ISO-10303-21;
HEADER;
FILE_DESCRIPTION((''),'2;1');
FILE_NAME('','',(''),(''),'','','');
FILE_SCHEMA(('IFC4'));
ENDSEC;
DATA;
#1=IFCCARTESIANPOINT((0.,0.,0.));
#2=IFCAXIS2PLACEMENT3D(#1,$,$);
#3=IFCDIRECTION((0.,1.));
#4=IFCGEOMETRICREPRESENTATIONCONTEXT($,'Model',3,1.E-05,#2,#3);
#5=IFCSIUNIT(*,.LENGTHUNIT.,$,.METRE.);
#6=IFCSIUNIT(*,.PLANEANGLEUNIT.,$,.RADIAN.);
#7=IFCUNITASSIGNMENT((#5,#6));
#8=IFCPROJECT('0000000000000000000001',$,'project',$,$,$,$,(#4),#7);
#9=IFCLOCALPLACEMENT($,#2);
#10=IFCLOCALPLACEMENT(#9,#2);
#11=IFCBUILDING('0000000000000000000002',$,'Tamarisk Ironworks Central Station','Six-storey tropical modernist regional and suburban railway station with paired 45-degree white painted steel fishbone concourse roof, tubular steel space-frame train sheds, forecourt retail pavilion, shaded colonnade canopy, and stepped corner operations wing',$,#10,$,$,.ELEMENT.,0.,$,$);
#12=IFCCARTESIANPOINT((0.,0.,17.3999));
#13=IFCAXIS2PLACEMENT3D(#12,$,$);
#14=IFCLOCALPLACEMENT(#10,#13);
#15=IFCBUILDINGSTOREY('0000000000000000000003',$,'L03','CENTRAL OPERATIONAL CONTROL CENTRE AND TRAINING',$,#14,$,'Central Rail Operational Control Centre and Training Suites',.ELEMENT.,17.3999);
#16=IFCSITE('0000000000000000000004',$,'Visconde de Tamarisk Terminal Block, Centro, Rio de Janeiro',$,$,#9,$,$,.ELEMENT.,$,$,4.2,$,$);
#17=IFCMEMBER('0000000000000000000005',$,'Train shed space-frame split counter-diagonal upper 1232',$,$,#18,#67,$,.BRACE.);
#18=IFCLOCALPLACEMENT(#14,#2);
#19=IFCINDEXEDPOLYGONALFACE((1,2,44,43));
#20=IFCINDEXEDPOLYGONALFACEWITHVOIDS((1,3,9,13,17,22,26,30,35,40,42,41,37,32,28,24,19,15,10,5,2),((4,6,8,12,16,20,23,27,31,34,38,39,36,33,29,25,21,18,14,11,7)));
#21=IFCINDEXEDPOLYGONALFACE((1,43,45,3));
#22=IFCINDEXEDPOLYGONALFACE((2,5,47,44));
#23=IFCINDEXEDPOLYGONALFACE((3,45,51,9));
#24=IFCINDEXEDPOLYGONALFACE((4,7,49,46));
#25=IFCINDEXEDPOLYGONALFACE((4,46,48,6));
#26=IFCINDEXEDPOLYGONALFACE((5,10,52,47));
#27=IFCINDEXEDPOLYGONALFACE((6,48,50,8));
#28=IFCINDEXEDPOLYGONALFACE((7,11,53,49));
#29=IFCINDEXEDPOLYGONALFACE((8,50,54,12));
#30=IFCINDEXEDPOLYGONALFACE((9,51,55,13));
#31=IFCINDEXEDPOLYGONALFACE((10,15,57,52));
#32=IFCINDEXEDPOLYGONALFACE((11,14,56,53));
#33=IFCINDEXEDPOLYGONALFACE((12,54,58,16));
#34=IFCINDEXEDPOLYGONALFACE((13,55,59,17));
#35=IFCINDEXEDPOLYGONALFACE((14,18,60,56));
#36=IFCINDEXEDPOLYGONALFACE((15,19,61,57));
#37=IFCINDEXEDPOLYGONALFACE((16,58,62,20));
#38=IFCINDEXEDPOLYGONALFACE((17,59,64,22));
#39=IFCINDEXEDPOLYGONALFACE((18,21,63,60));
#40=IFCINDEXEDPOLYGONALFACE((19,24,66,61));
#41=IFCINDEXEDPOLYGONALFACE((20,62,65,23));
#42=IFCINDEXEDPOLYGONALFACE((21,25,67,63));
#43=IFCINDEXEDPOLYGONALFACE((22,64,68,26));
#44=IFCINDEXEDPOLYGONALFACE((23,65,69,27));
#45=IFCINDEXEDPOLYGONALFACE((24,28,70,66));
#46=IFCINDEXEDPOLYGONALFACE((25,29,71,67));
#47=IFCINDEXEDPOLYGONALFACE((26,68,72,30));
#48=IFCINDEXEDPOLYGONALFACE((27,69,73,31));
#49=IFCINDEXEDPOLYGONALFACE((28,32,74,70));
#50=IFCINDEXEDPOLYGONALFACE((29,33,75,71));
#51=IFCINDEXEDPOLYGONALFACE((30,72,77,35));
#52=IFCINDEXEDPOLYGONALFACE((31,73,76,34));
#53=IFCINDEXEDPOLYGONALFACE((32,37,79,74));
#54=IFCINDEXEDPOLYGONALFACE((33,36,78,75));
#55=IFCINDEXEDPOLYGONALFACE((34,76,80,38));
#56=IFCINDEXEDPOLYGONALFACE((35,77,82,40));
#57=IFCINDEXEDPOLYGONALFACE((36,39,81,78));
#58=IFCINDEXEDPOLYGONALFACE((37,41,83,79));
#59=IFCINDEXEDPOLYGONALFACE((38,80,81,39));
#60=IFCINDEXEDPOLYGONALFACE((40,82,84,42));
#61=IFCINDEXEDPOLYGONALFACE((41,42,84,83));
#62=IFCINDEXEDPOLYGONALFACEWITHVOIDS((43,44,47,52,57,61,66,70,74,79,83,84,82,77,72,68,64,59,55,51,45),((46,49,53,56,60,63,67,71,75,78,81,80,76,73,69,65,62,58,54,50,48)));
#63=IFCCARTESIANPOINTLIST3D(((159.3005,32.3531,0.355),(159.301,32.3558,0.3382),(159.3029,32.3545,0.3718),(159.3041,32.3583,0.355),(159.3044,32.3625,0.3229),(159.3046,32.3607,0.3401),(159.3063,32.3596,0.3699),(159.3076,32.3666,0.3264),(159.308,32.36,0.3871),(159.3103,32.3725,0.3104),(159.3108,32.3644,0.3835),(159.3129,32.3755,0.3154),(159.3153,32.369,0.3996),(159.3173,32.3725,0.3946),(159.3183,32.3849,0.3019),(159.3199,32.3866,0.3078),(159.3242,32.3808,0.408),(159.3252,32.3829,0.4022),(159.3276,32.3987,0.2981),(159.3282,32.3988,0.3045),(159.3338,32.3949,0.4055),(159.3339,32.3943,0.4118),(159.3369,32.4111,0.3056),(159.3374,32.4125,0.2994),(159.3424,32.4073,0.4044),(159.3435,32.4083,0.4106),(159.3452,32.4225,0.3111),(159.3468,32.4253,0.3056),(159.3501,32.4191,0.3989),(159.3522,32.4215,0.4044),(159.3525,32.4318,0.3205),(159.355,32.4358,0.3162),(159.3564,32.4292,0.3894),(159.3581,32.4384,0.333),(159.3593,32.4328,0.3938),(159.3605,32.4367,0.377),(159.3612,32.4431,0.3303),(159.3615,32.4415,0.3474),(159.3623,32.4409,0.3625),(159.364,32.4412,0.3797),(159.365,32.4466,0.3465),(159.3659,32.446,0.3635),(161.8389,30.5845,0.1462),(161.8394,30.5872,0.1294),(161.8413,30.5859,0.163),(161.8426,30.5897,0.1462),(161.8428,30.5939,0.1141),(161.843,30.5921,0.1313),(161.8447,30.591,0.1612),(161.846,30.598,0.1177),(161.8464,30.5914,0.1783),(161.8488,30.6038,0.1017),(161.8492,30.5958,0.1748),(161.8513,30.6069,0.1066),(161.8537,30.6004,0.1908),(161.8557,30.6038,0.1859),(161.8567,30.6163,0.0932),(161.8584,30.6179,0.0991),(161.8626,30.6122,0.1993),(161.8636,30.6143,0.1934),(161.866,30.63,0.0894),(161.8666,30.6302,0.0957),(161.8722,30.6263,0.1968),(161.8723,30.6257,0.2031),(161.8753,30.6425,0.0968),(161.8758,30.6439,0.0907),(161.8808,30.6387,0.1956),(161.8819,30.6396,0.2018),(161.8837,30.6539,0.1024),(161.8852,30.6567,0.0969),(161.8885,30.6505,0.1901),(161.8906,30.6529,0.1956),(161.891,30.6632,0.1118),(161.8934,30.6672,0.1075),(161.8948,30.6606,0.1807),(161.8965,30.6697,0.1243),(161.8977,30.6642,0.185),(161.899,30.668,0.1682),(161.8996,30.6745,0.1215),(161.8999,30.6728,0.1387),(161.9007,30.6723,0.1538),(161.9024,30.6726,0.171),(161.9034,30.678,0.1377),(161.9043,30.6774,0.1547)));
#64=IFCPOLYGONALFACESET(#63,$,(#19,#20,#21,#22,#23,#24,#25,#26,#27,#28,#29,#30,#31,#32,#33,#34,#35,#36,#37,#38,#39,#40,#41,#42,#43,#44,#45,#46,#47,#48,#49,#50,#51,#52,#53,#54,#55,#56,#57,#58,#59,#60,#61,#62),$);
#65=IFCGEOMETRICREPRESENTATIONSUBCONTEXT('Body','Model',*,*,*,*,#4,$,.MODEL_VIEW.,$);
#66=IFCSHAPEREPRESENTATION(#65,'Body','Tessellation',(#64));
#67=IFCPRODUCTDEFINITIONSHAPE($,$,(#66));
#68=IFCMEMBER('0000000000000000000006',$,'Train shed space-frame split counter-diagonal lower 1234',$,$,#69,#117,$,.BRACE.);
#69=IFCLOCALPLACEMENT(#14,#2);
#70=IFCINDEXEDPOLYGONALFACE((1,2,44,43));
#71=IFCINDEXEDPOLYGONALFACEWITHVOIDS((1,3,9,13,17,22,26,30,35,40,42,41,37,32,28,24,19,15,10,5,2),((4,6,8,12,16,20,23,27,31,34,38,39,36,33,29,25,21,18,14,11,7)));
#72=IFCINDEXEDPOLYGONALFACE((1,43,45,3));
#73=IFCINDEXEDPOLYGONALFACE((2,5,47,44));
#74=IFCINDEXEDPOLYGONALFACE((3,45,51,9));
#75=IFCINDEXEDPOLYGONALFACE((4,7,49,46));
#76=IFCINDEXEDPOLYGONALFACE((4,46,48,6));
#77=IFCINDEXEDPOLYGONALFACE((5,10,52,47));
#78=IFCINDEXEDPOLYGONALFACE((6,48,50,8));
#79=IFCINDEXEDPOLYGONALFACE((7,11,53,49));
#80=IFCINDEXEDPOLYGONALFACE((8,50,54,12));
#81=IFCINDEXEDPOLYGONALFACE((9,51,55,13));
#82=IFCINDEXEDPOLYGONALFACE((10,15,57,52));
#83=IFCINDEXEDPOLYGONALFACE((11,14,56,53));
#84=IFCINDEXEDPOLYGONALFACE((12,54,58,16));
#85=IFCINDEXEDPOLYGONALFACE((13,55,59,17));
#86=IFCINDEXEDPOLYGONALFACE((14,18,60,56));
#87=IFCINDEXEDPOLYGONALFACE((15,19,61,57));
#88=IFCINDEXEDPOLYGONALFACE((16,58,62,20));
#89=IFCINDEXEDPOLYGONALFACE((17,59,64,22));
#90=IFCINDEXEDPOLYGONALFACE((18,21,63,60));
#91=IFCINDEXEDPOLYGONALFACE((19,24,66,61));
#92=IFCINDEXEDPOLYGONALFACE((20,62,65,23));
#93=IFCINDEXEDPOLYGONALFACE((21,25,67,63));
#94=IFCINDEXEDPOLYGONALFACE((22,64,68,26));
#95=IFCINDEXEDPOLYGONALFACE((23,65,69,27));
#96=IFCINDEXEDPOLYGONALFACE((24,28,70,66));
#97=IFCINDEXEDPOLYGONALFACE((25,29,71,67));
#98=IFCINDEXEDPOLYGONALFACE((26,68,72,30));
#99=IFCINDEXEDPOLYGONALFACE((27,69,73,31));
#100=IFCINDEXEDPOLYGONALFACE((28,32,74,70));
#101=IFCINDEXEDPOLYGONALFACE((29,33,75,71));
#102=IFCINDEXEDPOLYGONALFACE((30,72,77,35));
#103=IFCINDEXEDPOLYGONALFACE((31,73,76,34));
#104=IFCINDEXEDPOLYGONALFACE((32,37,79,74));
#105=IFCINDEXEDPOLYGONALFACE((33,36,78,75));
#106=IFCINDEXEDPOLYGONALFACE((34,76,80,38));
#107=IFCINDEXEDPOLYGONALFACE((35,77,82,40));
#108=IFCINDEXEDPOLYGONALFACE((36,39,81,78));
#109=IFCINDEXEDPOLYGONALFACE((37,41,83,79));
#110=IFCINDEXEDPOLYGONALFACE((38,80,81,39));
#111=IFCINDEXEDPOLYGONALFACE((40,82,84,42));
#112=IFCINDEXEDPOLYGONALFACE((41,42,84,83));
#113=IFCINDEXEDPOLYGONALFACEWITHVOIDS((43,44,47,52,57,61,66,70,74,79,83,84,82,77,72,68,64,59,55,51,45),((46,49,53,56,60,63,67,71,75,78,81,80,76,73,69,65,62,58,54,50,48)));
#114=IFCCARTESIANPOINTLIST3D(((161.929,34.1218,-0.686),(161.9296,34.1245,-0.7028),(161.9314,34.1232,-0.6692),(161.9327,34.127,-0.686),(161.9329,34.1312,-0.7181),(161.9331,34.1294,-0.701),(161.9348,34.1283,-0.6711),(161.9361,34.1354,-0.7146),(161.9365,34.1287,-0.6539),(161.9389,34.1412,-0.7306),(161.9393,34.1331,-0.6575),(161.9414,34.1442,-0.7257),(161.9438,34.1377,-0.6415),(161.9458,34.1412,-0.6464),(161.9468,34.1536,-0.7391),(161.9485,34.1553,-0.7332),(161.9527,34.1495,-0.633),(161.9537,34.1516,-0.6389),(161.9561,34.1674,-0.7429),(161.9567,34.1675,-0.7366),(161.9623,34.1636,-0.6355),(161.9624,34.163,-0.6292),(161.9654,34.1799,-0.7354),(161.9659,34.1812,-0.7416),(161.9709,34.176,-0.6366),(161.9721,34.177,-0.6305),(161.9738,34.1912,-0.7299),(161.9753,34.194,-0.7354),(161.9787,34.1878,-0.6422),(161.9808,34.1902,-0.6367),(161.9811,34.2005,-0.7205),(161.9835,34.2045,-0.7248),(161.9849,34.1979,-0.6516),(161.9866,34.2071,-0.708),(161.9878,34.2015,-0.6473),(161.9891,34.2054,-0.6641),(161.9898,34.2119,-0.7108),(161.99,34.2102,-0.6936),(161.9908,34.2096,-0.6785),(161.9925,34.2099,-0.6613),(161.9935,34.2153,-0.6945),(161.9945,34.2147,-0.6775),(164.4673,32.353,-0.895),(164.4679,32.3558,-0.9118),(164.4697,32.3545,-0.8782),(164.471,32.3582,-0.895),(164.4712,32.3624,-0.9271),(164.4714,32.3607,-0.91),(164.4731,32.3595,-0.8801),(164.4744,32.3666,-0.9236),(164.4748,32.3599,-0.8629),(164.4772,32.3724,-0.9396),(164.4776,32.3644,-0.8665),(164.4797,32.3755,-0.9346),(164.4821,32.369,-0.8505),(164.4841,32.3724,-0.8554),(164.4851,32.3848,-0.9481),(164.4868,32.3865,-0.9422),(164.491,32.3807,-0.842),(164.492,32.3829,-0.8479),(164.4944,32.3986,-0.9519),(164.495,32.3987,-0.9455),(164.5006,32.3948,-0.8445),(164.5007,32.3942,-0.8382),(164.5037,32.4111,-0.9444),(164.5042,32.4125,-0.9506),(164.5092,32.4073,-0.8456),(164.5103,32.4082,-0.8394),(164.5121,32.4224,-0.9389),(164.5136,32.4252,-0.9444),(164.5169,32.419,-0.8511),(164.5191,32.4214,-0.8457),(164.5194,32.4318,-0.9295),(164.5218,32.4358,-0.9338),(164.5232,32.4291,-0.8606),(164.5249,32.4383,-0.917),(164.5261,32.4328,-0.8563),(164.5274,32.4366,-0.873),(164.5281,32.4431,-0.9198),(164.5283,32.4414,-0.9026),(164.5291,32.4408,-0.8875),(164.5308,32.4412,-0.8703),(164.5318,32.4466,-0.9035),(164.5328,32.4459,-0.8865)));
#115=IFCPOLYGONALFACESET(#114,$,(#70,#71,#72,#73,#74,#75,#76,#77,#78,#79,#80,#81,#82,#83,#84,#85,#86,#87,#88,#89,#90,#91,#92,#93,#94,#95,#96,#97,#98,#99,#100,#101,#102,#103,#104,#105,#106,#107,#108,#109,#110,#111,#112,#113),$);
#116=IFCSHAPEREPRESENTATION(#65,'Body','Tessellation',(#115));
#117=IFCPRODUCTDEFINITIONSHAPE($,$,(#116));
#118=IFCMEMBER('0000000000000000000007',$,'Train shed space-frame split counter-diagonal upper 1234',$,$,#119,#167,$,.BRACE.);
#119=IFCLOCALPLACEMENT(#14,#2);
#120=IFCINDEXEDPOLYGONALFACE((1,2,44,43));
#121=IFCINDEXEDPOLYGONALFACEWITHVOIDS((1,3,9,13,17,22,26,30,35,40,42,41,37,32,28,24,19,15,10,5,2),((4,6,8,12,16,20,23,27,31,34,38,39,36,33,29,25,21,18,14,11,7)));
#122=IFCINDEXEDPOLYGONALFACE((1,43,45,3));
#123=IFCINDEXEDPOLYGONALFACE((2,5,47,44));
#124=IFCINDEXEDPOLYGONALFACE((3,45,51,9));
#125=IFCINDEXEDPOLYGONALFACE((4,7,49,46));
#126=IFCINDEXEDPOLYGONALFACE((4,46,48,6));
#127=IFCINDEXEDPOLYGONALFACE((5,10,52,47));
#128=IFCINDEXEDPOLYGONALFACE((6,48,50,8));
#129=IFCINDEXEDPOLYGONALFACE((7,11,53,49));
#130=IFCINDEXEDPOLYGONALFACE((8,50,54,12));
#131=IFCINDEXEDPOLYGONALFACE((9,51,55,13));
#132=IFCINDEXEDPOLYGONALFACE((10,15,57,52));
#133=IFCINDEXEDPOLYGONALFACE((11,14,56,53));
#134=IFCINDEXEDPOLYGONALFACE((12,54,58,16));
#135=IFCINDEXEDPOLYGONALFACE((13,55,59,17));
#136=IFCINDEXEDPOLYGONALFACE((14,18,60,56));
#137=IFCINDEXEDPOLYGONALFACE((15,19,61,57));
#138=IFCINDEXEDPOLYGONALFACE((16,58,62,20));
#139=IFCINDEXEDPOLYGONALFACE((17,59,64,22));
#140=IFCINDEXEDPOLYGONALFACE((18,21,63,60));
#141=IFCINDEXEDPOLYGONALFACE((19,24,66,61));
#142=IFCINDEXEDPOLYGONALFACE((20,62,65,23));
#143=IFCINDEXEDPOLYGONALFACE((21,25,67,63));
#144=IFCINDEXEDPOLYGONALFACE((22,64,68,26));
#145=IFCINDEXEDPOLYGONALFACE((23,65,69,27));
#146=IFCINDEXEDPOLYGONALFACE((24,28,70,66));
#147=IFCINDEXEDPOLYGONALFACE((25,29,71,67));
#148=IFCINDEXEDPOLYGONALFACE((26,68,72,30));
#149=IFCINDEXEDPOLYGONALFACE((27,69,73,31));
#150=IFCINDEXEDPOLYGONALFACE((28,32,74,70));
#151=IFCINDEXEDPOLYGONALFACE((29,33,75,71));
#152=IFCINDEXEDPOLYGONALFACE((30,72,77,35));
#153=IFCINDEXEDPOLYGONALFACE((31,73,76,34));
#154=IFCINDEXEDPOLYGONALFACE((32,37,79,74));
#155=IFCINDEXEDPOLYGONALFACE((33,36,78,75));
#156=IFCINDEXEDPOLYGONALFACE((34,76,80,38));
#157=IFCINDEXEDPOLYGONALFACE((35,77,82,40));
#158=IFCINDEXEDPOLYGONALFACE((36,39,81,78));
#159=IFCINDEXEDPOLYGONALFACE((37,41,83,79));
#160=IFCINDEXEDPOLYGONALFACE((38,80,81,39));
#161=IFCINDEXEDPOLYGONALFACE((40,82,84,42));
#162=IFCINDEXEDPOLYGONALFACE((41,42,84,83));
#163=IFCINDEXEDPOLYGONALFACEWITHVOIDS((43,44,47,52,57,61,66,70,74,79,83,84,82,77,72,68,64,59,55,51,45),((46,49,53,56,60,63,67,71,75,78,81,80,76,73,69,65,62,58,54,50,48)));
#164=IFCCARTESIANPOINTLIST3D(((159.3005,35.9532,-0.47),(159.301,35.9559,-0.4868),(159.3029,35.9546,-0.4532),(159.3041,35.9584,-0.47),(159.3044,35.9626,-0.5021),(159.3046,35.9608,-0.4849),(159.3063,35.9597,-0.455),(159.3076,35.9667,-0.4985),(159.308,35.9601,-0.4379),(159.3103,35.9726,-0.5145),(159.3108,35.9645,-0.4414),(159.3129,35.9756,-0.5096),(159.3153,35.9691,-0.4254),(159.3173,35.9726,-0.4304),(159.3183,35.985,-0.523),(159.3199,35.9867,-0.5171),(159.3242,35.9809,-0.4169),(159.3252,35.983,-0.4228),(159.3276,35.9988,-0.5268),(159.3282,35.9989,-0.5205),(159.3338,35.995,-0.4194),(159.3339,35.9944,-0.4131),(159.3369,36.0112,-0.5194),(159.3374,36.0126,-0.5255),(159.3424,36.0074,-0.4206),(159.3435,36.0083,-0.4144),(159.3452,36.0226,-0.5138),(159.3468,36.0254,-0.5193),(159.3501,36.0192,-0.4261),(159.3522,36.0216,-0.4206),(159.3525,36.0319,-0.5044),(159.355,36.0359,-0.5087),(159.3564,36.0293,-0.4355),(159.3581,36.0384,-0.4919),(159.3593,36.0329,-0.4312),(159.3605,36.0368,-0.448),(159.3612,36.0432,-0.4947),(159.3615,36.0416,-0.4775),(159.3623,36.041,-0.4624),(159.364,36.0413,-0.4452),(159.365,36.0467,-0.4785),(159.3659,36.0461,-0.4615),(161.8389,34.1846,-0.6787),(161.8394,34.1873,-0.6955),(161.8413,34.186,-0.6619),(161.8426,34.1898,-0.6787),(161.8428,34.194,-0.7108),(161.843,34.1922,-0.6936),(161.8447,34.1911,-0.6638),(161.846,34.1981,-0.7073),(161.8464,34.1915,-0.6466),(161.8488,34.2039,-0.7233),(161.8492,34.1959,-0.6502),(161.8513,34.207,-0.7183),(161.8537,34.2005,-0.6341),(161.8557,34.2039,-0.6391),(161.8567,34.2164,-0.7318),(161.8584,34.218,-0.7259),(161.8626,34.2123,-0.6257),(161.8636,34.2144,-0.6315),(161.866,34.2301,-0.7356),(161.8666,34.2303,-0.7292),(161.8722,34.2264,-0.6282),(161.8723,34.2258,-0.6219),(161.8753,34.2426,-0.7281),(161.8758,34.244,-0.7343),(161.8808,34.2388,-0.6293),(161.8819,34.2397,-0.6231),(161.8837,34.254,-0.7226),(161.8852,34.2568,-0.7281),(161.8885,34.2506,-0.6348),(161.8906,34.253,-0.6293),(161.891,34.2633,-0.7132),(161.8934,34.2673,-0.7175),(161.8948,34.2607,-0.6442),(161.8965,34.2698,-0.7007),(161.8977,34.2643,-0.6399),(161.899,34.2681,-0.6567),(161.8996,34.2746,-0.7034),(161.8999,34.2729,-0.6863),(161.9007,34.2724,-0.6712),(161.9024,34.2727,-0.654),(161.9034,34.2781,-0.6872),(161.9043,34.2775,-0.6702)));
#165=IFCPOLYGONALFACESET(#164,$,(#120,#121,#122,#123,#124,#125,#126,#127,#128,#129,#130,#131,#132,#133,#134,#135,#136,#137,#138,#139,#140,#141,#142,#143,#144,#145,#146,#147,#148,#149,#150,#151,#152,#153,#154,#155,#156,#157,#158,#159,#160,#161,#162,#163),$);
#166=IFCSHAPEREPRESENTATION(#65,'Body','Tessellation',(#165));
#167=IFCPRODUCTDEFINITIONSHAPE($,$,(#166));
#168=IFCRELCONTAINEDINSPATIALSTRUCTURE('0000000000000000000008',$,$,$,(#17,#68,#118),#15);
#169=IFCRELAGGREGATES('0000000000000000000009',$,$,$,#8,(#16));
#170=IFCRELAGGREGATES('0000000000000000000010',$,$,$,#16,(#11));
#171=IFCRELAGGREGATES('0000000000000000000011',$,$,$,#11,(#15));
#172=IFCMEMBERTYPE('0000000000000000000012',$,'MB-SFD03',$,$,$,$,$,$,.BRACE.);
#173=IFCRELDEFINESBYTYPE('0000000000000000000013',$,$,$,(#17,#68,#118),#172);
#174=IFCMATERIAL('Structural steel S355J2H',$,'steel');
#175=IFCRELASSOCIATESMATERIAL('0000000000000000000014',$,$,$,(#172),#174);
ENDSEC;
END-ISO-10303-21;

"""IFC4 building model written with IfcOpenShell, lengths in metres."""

from ifc_helpers import new_model, si_unit, direction, frame, origin, origin_2d, place, context, subcontext, project, spatial, hollow_circle, extrude, material, material_profile, profile_set, type_object, element, save


model = new_model("IFC4")

# Units and contexts
model_context = context("Model", 3, precision=1e-05, world=origin(), true_north=direction((0.0, 1.0)))
body_context = subcontext(model_context, "Body", "Model", "MODEL_VIEW")
ifc_project = project(units=[si_unit("LENGTHUNIT", "METRE"), si_unit("PLANEANGLEUNIT", "RADIAN")], contexts=[model_context])

# Site, building, storey
site_placement = place(None, origin())
site = spatial("IfcSite", under=ifc_project, at=site_placement, Name="Visconde de Tamarisk Terminal Block, Centro, Rio de Janeiro", CompositionType="ELEMENT", RefElevation=4.2)
building_placement = place(site_placement, origin())
building = spatial("IfcBuilding", under=site, at=building_placement, Name="Tamarisk Ironworks Central Station", Description="Six-storey tropical modernist regional and suburban railway station with paired 45-degree white painted steel fishbone concourse roof, tubular steel space-frame train sheds, forecourt retail pavilion, shaded colonnade canopy, and stepped corner operations wing", CompositionType="ELEMENT", ElevationOfRefHeight=0.0)
storey_placement = place(building_placement, frame((0.0, 0.0, 17.3999)))
storey = spatial("IfcBuildingStorey", under=building, at=storey_placement, Name="L03", Description="CENTRAL OPERATIONAL CONTROL CENTRE AND TRAINING", LongName="Central Rail Operational Control Centre and Training Suites", CompositionType="ELEMENT", Elevation=17.3999)

# Members
ifc_material_1 = material(Name="Structural steel S355J2H", Category="steel")
ifc_material_profile_1 = material_profile(ifc_material_1, hollow_circle(Radius=0.0571, WallThickness=0.0063, at=origin_2d()), Name="CHS 114.3x6.3")
ifc_profile_set_1 = profile_set([ifc_material_profile_1], Name="Structural steel S355J2H")
member_type_1 = type_object("IfcMemberType", Name="MB-SFD03", PredefinedType="BRACE", material=ifc_profile_set_1)
for number, where, z_axis, x_axis, name in (
    (1, (161.8716, 30.6313, 0.1462), (-0.818625, 0.570369, 0.06732), (-0.571666, -0.820487, 0.0), "Train shed space-frame split counter-diagonal upper 1232"),
    (2, (164.5, 32.3999, -0.895), (-0.818584, 0.570419, 0.067395), (-0.571719, -0.82045, 0.0), "Train shed space-frame split counter-diagonal lower 1234"),
    (3, (161.8716, 34.2314, -0.6787), (-0.818625, 0.570369, 0.06732), (-0.571666, -0.820487, 0.0), "Train shed space-frame split counter-diagonal upper 1234"),
):
    element("IfcMember", number, at=place(storey_placement, frame(where, z_axis=z_axis, x_axis=x_axis)), inside=storey, type_object=member_type_1, Name=name, PredefinedType="BRACE", context=body_context, shape_type="SweptSolid", body=[
        extrude(hollow_circle(Radius=0.0571, WallThickness=0.0063, at=origin_2d()), origin(), (0.0, 0.0, 1.0), 3.1008),
    ])

save(model, "model.ifc")
